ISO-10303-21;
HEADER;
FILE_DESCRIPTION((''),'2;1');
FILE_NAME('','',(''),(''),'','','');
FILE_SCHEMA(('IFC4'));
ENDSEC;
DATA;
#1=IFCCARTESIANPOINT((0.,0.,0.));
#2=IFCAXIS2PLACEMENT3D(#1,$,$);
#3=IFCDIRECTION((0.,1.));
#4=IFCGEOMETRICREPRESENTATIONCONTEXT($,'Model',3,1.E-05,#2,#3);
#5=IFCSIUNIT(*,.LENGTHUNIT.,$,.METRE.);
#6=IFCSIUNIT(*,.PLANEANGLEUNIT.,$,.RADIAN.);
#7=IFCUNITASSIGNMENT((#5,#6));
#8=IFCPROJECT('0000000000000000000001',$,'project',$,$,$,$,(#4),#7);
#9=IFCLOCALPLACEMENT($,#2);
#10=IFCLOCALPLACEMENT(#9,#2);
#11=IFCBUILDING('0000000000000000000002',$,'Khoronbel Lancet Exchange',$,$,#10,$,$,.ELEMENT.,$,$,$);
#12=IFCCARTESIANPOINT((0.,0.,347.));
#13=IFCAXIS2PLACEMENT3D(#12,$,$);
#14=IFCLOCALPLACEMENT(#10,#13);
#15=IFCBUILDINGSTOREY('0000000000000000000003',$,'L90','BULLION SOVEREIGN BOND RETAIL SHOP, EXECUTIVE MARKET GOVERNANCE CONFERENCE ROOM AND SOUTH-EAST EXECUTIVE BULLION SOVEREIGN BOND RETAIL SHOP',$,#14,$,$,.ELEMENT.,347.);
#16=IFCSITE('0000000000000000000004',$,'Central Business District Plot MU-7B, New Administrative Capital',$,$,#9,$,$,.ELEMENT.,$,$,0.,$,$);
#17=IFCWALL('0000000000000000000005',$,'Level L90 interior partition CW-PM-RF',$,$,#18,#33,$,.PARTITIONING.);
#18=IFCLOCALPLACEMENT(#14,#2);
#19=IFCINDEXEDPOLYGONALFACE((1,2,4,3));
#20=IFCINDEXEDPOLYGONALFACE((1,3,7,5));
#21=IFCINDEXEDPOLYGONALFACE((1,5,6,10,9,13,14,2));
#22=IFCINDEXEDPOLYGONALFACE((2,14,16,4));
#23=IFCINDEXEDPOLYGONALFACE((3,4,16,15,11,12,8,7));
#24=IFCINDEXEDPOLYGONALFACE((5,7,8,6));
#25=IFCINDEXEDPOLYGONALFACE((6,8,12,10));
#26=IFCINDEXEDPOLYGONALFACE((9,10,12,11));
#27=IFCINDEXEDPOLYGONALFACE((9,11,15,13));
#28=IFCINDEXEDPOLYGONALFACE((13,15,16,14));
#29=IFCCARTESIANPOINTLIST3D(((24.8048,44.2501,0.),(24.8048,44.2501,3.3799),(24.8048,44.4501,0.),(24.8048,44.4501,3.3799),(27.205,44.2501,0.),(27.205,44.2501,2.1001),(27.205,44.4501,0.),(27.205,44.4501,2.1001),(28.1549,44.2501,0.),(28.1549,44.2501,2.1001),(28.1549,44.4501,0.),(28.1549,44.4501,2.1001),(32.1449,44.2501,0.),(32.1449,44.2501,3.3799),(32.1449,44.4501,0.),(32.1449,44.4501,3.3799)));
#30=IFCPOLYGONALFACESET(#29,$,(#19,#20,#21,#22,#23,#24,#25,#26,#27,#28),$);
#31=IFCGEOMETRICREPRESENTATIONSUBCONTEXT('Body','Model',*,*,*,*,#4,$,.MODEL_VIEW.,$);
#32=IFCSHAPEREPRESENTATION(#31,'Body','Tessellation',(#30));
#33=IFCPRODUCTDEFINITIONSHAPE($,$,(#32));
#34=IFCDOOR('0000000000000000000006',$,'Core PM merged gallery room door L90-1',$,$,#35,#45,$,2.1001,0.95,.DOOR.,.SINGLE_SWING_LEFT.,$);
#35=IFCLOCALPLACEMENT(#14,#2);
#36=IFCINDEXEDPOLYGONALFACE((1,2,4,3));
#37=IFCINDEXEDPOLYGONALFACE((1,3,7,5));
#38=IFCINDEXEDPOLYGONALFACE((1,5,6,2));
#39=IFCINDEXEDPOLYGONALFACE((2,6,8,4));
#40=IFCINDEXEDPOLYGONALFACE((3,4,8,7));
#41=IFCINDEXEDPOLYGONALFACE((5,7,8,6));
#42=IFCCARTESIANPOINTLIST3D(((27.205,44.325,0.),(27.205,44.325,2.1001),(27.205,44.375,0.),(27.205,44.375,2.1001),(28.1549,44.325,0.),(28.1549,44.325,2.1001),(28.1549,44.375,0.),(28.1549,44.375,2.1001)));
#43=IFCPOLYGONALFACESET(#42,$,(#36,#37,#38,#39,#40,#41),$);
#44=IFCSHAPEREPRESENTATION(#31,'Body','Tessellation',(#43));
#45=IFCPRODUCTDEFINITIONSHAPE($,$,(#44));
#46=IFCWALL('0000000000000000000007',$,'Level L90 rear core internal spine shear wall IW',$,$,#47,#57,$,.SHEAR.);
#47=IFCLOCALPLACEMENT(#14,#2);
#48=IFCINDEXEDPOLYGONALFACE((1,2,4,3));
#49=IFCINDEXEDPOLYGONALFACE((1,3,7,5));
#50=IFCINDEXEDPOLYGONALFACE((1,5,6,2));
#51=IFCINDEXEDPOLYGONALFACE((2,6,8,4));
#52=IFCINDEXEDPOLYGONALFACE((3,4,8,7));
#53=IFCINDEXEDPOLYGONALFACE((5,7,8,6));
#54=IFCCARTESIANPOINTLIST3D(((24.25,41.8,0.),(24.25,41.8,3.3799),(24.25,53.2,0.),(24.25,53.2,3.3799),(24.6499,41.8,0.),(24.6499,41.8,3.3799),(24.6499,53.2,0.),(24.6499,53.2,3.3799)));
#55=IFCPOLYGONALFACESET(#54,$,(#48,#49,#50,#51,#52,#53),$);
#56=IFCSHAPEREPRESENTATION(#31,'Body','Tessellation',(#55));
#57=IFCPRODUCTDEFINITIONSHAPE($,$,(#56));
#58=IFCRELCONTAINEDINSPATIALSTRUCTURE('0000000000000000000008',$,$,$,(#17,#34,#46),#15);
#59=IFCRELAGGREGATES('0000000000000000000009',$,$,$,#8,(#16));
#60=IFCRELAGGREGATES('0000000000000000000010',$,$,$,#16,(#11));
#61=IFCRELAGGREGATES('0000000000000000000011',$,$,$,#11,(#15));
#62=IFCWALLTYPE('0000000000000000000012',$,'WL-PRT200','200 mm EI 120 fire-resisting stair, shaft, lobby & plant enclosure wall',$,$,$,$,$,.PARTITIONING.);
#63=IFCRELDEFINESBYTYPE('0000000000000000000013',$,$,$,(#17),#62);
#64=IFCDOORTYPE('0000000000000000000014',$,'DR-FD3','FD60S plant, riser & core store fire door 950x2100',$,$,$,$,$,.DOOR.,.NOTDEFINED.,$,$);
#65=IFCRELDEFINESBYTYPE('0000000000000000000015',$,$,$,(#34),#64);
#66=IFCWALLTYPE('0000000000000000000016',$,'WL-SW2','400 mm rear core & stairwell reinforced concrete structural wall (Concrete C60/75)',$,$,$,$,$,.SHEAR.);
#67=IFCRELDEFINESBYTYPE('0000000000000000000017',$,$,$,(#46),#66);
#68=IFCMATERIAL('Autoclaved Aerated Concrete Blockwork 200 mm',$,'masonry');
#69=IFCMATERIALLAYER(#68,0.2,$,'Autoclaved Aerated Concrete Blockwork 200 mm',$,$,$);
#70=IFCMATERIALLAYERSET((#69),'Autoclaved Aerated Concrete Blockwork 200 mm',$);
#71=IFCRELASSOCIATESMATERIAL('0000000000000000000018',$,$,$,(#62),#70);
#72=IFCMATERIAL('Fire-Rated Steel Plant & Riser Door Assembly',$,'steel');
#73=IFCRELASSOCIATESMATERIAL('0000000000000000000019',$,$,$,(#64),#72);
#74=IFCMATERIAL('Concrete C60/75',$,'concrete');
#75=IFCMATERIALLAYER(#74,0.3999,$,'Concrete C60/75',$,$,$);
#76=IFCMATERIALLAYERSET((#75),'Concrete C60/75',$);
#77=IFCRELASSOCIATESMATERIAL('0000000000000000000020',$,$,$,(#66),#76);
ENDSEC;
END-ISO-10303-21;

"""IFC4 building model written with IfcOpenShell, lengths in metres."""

from ifc_helpers import new_model, si_unit, direction, frame, frame_2d, origin, place, context, subcontext, project, spatial, rectangle, extrude, material, layer, layer_set, type_object, element, fill, save


model = new_model("IFC4")

# Units and contexts
model_context = context("Model", 3, precision=1e-05, world=origin(), true_north=direction((0.0, 1.0)))
body_context = subcontext(model_context, "Body", "Model", "MODEL_VIEW")
ifc_project = project(units=[si_unit("LENGTHUNIT", "METRE"), si_unit("PLANEANGLEUNIT", "RADIAN")], contexts=[model_context])

# Site, building, storey
site_placement = place(None, origin())
site = spatial("IfcSite", under=ifc_project, at=site_placement, Name="Central Business District Plot MU-7B, New Administrative Capital", CompositionType="ELEMENT", RefElevation=0.0)
building_placement = place(site_placement, origin())
building = spatial("IfcBuilding", under=site, at=building_placement, Name="Khoronbel Lancet Exchange", CompositionType="ELEMENT")
storey_placement = place(building_placement, frame((0.0, 0.0, 347.0)))
storey = spatial("IfcBuildingStorey", under=building, at=storey_placement, Name="L90", Description="BULLION SOVEREIGN BOND RETAIL SHOP, EXECUTIVE MARKET GOVERNANCE CONFERENCE ROOM AND SOUTH-EAST EXECUTIVE BULLION SOVEREIGN BOND RETAIL SHOP", CompositionType="ELEMENT", Elevation=347.0)

# Shared definitions
ifc_material_1 = material(Name="Concrete C60/75", Category="concrete")

# Shared definitions
ifc_material_2 = material(Name="Autoclaved Aerated Concrete Blockwork 200 mm", Category="masonry")
ifc_layer_1 = layer(ifc_material_2, 0.2, Name="Autoclaved Aerated Concrete Blockwork 200 mm")
ifc_layer_set_1 = layer_set([ifc_layer_1], Name="Autoclaved Aerated Concrete Blockwork 200 mm")
wall_type_1 = type_object("IfcWallType", Name="WL-PRT200", Description="200 mm EI 120 fire-resisting stair, shaft, lobby & plant enclosure wall", PredefinedType="PARTITIONING", material=ifc_layer_set_1)

# Wall, opening, door
wall_1_placement = place(storey_placement, frame((24.8049, 44.3501, 0.0), z_axis=(0.0, 0.0, 1.0), x_axis=(1.0, 0.0, 0.0)))
wall_1 = element("IfcWall", 1, at=wall_1_placement, inside=storey, type_object=wall_type_1, Name="Level L90 interior partition CW-PM-RF", PredefinedType="PARTITIONING", context=body_context, shape_type="SweptSolid", body=[
    extrude(rectangle(XDim=7.3401, YDim=0.2, at=frame_2d((3.6699, 0.0))), origin(), (0.0, 0.0, 1.0), 3.3799),
])
opening_1_placement = place(wall_1_placement, frame((2.3999, 0.0, 0.0)))
opening_1 = element("IfcOpeningElement", 2, at=opening_1_placement, cuts=wall_1, PredefinedType="OPENING", context=body_context, shape_type="SweptSolid", body=[
    extrude(rectangle(XDim=0.95, YDim=2.1001, at=frame_2d((0.4751, 1.05))), frame((0.0, 0.1099, 0.0), z_axis=(0.0, -1.0, 0.0), x_axis=(1.0, 0.0, 0.0)), (0.0, 0.0, 1.0), 0.22),
])
ifc_material_3 = material(Name="Fire-Rated Steel Plant & Riser Door Assembly", Category="steel")
door_type_1 = type_object("IfcDoorType", Name="DR-FD3", Description="FD60S plant, riser & core store fire door 950x2100", OperationType="NOTDEFINED", PredefinedType="DOOR", material=ifc_material_3)
door_1_placement = place(opening_1_placement, origin())
door_1 = element("IfcDoor", 3, at=door_1_placement, inside=storey, type_object=door_type_1, Name="Core PM merged gallery room door L90-1", OperationType="SINGLE_SWING_LEFT", OverallHeight=2.1001, OverallWidth=0.95, PredefinedType="DOOR", context=body_context, shape_type="SweptSolid", body=[
    extrude(rectangle(XDim=0.95, YDim=2.1001, at=frame_2d((0.4751, 1.05))), frame((0.0, 0.0249, 0.0), z_axis=(0.0, -1.0, 0.0), x_axis=(1.0, 0.0, 0.0)), (0.0, 0.0, 1.0), 0.05),
])
fill(opening_1, door_1)

# Wall
ifc_layer_2 = layer(ifc_material_1, 0.3999, Name="Concrete C60/75")
ifc_layer_set_2 = layer_set([ifc_layer_2], Name="Concrete C60/75")
wall_type_2 = type_object("IfcWallType", Name="WL-SW2", Description="400 mm rear core & stairwell reinforced concrete structural wall (Concrete C60/75)", PredefinedType="SHEAR", material=ifc_layer_set_2)
wall_2_placement = place(storey_placement, frame((24.45, 41.8, 0.0), z_axis=(0.0, 0.0, 1.0), x_axis=(0.0, 1.0, 0.0)))
element("IfcWall", 4, at=wall_2_placement, inside=storey, type_object=wall_type_2, Name="Level L90 rear core internal spine shear wall IW", PredefinedType="SHEAR", context=body_context, shape_type="SweptSolid", body=[
    extrude(rectangle(XDim=11.3999, YDim=0.3999, at=frame_2d((5.7, 0.0))), origin(), (0.0, 0.0, 1.0), 3.3799),
])

save(model, "model.ifc")
